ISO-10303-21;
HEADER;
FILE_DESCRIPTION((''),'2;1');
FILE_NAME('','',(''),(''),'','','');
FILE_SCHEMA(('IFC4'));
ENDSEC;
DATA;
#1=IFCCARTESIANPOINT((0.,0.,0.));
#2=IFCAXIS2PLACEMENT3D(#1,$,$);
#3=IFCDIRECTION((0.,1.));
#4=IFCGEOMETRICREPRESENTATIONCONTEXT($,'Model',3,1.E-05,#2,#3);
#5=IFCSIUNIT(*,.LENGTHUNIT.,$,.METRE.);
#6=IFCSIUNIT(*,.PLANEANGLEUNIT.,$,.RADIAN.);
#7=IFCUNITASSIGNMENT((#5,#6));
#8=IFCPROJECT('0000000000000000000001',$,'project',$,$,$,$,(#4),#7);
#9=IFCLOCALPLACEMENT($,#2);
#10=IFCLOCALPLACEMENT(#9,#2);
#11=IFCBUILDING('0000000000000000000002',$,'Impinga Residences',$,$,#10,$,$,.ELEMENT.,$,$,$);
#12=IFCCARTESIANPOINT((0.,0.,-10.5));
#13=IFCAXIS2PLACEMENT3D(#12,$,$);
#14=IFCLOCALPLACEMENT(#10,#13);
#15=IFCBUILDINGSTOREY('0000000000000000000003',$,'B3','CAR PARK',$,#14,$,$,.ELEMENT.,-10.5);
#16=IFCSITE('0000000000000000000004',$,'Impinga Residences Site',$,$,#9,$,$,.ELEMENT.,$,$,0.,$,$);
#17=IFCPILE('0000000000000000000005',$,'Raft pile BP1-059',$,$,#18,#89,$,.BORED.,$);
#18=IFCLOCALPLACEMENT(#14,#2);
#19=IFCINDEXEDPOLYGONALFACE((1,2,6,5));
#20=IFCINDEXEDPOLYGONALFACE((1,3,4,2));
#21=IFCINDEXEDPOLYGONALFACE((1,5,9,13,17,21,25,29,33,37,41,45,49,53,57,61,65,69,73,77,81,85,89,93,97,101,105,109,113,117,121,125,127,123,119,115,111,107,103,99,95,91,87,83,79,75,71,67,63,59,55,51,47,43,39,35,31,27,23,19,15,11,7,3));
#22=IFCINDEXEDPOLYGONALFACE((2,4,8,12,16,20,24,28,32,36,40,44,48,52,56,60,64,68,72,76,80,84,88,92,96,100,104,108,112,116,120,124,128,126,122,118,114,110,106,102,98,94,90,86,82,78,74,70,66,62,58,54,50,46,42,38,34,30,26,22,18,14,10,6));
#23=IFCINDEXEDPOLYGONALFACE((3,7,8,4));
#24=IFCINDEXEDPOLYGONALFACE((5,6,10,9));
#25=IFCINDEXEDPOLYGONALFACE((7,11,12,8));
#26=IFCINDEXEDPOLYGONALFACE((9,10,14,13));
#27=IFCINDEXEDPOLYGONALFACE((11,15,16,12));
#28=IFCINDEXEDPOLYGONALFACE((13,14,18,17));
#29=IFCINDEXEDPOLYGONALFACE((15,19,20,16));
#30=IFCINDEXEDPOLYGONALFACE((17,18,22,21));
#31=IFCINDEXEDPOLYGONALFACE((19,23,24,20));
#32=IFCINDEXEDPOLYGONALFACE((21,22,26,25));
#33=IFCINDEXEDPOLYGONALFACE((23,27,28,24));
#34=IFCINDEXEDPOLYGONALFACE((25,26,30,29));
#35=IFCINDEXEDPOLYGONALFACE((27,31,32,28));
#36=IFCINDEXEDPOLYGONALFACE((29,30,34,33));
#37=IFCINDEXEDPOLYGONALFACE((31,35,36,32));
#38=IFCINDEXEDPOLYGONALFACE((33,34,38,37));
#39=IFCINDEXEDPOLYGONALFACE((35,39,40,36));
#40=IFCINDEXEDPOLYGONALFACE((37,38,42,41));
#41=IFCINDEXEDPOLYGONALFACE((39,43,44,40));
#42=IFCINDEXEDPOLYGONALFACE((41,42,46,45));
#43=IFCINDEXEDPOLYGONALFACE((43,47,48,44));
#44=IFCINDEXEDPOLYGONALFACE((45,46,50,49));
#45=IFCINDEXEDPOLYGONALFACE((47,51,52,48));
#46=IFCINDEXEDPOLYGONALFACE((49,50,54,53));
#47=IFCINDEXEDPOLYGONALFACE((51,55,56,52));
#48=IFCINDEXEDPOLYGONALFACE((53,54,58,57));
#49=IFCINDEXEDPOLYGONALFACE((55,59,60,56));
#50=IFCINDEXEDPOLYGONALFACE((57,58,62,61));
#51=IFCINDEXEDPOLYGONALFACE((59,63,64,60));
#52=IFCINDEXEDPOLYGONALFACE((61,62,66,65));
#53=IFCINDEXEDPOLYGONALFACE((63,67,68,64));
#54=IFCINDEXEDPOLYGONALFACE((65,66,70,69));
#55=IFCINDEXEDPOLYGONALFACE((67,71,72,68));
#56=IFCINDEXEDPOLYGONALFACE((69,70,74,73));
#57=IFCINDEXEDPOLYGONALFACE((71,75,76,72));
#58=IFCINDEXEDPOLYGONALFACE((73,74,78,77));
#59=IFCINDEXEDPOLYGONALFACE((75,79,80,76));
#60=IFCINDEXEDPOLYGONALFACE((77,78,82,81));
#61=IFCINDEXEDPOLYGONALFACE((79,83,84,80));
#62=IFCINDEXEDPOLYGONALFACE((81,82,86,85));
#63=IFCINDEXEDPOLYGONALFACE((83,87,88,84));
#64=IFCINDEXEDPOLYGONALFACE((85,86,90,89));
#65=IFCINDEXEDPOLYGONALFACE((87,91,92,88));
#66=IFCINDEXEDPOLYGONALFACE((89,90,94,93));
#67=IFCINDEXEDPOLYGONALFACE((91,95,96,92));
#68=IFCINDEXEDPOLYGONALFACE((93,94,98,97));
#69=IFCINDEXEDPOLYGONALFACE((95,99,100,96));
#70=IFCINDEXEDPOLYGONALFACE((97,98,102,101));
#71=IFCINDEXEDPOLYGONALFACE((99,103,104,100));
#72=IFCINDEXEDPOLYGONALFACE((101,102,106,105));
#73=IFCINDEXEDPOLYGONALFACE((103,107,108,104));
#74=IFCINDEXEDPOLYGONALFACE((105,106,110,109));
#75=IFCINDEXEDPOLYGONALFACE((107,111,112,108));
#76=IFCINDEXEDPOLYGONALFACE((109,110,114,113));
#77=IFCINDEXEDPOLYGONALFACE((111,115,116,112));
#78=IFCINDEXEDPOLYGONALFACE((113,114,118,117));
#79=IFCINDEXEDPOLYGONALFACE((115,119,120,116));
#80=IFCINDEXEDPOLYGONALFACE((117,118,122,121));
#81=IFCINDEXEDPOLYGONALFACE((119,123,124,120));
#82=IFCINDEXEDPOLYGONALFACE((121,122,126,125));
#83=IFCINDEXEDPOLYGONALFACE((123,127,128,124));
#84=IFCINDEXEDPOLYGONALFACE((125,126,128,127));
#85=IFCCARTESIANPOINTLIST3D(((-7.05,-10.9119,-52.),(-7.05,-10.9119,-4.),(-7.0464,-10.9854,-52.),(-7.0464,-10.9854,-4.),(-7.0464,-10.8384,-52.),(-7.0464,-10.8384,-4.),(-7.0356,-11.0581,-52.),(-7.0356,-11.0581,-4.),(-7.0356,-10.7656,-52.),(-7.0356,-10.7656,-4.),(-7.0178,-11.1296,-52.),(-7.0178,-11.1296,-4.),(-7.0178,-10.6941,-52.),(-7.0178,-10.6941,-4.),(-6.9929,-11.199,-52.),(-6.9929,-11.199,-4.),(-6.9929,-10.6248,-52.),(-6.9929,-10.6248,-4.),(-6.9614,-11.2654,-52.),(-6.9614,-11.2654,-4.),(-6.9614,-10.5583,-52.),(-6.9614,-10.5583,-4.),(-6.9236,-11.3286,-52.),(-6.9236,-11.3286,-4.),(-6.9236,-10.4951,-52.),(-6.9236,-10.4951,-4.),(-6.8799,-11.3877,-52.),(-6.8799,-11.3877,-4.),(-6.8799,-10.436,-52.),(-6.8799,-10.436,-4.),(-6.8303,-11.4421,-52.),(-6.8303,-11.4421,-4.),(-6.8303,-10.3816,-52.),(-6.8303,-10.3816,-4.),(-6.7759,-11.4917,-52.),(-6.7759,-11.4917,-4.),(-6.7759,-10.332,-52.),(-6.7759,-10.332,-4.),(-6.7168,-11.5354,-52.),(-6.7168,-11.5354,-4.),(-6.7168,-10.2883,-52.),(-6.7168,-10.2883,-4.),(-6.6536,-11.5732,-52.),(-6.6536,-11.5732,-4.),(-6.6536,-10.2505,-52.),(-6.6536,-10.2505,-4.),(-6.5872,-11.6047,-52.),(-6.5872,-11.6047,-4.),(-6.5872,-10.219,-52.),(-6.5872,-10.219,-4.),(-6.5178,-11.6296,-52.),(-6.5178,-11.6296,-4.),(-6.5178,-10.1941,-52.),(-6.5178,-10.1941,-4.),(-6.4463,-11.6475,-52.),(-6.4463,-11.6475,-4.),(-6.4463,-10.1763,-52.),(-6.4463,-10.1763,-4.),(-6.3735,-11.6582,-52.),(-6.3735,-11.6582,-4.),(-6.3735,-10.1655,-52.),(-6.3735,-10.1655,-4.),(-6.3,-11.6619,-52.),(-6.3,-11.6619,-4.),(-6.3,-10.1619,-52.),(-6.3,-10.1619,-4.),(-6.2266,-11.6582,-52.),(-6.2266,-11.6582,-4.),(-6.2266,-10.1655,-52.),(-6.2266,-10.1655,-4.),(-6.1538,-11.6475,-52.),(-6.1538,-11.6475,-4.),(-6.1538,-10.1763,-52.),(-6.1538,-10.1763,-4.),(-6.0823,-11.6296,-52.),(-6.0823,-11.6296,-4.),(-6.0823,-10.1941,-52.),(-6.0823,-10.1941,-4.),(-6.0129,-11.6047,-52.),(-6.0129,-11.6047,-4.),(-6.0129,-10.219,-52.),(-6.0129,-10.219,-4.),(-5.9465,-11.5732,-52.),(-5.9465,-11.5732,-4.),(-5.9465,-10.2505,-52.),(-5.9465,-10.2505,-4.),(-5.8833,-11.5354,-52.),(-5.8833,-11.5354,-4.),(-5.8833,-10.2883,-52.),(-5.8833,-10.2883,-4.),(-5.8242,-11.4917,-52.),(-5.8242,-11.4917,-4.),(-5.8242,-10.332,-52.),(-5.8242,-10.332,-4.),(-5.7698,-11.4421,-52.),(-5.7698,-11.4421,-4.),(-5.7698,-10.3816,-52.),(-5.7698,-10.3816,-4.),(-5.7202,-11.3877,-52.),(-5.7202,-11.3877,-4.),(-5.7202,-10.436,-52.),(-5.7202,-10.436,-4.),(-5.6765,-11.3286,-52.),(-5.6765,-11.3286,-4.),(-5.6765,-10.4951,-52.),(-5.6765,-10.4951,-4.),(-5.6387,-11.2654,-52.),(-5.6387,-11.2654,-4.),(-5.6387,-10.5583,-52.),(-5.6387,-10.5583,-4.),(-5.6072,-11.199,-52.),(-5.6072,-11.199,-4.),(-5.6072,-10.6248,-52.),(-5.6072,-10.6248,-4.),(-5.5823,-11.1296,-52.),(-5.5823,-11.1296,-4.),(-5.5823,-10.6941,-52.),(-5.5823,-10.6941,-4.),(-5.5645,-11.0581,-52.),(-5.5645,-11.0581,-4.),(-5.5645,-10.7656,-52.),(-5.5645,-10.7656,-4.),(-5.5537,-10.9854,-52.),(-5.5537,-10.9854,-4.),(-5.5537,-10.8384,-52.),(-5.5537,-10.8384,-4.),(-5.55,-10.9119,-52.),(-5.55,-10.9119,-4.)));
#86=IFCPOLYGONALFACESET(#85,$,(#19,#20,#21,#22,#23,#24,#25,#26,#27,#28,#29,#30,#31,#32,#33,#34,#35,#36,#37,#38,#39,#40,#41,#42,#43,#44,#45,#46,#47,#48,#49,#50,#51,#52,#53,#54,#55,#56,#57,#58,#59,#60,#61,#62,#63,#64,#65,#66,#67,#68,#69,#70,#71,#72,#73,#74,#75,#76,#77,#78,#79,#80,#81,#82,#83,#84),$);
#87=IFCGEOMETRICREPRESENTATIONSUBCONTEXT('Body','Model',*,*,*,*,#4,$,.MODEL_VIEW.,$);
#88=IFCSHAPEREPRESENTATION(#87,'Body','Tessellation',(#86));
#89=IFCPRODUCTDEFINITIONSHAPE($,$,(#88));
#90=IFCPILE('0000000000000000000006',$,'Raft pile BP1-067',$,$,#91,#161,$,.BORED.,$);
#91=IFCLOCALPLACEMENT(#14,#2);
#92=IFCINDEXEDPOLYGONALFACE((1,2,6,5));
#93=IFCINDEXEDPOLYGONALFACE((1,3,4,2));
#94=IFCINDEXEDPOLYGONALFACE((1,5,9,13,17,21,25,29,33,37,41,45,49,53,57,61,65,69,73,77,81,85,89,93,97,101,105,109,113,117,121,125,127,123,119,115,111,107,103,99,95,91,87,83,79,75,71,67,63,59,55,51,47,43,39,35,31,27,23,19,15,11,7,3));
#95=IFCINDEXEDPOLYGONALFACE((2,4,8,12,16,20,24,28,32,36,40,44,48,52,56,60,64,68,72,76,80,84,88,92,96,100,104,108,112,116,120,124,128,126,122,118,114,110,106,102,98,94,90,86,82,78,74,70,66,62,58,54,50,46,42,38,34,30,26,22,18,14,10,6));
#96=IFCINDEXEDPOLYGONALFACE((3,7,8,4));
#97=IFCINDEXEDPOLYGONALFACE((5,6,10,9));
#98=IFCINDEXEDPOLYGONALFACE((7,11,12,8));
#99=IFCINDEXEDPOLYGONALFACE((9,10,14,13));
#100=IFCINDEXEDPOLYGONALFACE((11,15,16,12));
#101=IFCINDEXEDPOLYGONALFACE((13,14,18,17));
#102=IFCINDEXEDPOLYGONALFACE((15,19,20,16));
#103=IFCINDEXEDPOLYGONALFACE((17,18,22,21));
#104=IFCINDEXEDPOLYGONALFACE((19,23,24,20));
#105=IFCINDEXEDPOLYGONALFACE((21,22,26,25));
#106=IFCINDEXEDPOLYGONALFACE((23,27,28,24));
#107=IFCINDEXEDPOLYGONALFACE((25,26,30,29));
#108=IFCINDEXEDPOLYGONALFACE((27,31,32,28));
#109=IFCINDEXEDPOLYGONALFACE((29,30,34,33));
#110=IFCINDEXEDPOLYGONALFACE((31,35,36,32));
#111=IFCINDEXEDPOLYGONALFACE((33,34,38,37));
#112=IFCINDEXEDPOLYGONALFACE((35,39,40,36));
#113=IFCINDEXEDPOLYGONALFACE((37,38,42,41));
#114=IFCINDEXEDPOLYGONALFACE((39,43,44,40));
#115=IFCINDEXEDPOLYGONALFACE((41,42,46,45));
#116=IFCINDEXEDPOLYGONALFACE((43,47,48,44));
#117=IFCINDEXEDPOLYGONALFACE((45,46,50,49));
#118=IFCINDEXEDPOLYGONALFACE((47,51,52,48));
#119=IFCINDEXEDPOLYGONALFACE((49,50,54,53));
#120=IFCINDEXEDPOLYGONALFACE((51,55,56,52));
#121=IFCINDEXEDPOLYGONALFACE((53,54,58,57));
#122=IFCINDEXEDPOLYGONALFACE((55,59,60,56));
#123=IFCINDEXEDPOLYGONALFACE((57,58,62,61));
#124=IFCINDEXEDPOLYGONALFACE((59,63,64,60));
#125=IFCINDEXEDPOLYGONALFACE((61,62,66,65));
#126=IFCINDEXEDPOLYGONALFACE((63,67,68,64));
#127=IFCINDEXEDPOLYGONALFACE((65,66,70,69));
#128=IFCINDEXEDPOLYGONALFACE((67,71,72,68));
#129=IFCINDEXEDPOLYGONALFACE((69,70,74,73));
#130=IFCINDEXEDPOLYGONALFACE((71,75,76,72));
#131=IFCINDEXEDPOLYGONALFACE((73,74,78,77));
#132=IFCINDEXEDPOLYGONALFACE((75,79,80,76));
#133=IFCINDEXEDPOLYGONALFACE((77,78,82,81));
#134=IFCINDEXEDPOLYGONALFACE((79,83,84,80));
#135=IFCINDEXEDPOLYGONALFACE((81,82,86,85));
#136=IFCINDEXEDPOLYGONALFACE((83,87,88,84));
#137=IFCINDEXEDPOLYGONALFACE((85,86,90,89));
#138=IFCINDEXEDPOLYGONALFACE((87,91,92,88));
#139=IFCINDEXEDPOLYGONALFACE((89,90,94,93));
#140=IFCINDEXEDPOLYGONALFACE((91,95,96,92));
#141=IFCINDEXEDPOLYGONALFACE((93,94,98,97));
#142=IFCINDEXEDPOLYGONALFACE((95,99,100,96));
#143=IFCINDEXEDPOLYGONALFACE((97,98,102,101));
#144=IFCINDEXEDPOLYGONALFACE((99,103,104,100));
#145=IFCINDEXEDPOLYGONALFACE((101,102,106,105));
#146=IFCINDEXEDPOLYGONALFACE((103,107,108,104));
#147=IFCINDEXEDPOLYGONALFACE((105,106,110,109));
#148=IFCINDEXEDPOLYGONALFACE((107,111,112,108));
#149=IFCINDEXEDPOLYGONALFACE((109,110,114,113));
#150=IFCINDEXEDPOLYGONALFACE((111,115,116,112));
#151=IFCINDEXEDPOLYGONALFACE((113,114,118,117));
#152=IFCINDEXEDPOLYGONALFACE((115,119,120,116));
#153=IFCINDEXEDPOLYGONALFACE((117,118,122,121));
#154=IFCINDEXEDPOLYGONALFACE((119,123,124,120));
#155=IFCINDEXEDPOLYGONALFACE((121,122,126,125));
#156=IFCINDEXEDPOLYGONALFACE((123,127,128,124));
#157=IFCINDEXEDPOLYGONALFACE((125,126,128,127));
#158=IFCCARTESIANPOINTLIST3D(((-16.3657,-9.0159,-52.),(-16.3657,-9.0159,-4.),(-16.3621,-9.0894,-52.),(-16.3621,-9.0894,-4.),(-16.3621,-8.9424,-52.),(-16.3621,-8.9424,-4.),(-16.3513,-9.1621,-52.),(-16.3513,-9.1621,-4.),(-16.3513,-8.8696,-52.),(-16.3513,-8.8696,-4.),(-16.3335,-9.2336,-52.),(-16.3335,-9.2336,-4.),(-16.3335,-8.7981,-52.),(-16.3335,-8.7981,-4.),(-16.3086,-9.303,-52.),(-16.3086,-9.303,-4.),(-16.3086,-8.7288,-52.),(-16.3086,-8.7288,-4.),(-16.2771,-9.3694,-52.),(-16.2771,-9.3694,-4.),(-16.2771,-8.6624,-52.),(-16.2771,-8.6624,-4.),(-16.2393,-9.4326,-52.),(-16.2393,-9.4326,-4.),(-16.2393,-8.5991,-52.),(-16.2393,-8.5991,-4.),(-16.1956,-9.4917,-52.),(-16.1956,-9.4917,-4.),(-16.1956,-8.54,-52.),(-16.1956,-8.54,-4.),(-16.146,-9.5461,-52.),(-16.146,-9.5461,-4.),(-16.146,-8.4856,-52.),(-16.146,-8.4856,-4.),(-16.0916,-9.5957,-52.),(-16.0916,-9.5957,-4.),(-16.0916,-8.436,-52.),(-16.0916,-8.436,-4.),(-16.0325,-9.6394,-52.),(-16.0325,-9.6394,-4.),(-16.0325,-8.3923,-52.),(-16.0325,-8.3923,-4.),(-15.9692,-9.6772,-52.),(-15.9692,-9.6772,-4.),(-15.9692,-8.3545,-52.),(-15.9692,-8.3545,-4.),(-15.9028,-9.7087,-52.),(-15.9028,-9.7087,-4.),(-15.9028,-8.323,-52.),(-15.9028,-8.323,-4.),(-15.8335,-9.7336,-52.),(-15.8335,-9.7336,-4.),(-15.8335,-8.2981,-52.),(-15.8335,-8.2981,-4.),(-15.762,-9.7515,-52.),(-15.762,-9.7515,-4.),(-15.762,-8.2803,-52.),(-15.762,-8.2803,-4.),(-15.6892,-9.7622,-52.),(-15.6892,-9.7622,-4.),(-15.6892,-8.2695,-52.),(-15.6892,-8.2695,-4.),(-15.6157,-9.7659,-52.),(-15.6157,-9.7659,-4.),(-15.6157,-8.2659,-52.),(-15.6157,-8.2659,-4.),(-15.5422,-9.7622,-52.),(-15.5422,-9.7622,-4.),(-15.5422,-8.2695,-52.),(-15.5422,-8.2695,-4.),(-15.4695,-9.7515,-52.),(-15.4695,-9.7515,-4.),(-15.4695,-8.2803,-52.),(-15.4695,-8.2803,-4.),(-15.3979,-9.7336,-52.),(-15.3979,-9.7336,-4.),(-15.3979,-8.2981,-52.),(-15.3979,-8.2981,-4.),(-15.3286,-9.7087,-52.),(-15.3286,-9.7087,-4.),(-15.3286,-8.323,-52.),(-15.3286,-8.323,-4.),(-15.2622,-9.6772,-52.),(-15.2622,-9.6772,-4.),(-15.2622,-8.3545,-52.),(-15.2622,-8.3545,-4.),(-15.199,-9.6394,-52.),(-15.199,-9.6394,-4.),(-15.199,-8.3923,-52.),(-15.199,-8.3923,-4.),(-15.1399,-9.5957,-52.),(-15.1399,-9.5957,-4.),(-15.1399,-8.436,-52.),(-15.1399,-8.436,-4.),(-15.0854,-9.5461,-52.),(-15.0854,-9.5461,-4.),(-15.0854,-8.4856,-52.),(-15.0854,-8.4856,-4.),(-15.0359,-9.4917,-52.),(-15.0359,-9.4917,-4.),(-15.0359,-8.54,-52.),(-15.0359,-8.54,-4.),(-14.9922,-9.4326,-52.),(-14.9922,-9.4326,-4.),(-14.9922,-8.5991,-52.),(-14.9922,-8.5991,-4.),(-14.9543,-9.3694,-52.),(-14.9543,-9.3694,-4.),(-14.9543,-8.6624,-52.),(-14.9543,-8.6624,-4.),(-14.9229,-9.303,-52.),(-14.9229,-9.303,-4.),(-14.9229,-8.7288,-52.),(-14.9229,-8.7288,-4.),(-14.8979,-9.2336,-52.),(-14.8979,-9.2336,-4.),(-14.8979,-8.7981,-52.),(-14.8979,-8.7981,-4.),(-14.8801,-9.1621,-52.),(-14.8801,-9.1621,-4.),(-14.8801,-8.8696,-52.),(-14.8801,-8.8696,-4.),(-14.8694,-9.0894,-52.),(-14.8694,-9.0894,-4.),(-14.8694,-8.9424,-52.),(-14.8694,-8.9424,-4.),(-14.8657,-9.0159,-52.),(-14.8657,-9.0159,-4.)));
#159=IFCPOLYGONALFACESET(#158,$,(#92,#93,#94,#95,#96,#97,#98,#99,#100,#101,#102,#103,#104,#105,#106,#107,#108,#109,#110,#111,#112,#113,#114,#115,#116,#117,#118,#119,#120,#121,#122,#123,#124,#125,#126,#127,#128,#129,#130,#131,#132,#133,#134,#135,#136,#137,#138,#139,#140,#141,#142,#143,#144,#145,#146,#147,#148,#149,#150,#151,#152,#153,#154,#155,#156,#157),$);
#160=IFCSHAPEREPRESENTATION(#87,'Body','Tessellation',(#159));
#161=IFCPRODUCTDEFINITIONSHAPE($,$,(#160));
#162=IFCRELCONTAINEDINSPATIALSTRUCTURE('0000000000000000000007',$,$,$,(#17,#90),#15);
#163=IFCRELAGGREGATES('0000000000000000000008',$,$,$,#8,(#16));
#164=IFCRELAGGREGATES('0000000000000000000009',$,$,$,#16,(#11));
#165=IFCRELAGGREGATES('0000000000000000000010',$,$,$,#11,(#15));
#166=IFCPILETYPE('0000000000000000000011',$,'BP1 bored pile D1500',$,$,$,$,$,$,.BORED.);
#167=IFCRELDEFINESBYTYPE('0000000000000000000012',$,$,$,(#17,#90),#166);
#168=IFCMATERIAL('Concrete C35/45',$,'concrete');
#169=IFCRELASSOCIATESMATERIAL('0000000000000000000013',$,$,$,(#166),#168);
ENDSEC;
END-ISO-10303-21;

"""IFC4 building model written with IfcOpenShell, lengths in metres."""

from ifc_helpers import new_model, si_unit, direction, frame, origin, origin_2d, place, context, subcontext, project, spatial, polyline, circle, outline, extrude, material, material_profile, profile_set, type_object, element, save


model = new_model("IFC4")

# Units and contexts
model_context = context("Model", 3, precision=1e-05, world=origin(), true_north=direction((0.0, 1.0)))
body_context = subcontext(model_context, "Body", "Model", "MODEL_VIEW")
ifc_project = project(units=[si_unit("LENGTHUNIT", "METRE"), si_unit("PLANEANGLEUNIT", "RADIAN")], contexts=[model_context])

# Site, building, storey
site_placement = place(None, origin())
site = spatial("IfcSite", under=ifc_project, at=site_placement, Name="Impinga Residences Site", CompositionType="ELEMENT", RefElevation=0.0)
building_placement = place(site_placement, origin())
building = spatial("IfcBuilding", under=site, at=building_placement, Name="Impinga Residences", CompositionType="ELEMENT")
storey_placement = place(building_placement, frame((0.0, 0.0, -10.5)))
storey = spatial("IfcBuildingStorey", under=building, at=storey_placement, Name="B3", Description="CAR PARK", CompositionType="ELEMENT", Elevation=-10.5)

# Piles
ifc_material_1 = material(Name="Concrete C35/45", Category="concrete")
ifc_material_profile_1 = material_profile(ifc_material_1, circle(Radius=0.75, at=origin_2d()), Name="D1500")
ifc_profile_set_1 = profile_set([ifc_material_profile_1], Name="Concrete C35/45")
pile_type = type_object("IfcPileType", Name="BP1 bored pile D1500", PredefinedType="BORED", material=ifc_profile_set_1)
pile_1_placement = place(storey_placement, frame((-6.3, -10.9119, -4.0), z_axis=(0.0, 0.0, -1.0), x_axis=(1.0, 0.0, 0.0)))
element("IfcPile", 1, at=pile_1_placement, inside=storey, type_object=pile_type, Name="Raft pile BP1-059", PredefinedType="BORED", context=body_context, shape_type="SweptSolid", body=[
    extrude(outline(polyline([(0.75, 0.0), (0.7463, 0.0735), (0.7356, 0.1462), (0.7178, 0.2178), (0.6929, 0.2871), (0.6614, 0.3535), (0.6235, 0.4167), (0.5798, 0.4758), (0.5303, 0.5303), (0.4758, 0.5798), (0.4167, 0.6235), (0.3535, 0.6614), (0.2871, 0.6929), (0.2178, 0.7178), (0.1462, 0.7356), (0.0735, 0.7463), (0.0, 0.75), (-0.0735, 0.7463), (-0.1462, 0.7356), (-0.2178, 0.7178), (-0.2871, 0.6929), (-0.3535, 0.6614), (-0.4167, 0.6235), (-0.4758, 0.5798), (-0.5303, 0.5303), (-0.5798, 0.4758), (-0.6235, 0.4167), (-0.6614, 0.3535), (-0.6929, 0.2871), (-0.7178, 0.2178), (-0.7356, 0.1462), (-0.7463, 0.0735), (-0.75, 0.0), (-0.7463, -0.0735), (-0.7356, -0.1462), (-0.7178, -0.2178), (-0.6929, -0.2871), (-0.6614, -0.3535), (-0.6235, -0.4167), (-0.5798, -0.4758), (-0.5303, -0.5303), (-0.4758, -0.5798), (-0.4167, -0.6235), (-0.3535, -0.6614), (-0.2871, -0.6929), (-0.2178, -0.7178), (-0.1462, -0.7356), (-0.0735, -0.7463), (0.0, -0.75), (0.0735, -0.7463), (0.1462, -0.7356), (0.2178, -0.7178), (0.2871, -0.6929), (0.3535, -0.6614), (0.4167, -0.6235), (0.4758, -0.5798), (0.5303, -0.5303), (0.5798, -0.4758), (0.6235, -0.4167), (0.6614, -0.3535), (0.6929, -0.2871), (0.7178, -0.2178), (0.7356, -0.1462), (0.7463, -0.0735), (0.75, 0.0)])), origin(), (0.0, 0.0, 1.0), 48.0),
])
pile_2_placement = place(storey_placement, frame((-15.6157, -9.0159, -4.0), z_axis=(0.0, 0.0, -1.0), x_axis=(1.0, 0.0, 0.0)))
element("IfcPile", 2, at=pile_2_placement, inside=storey, type_object=pile_type, Name="Raft pile BP1-067", PredefinedType="BORED", context=body_context, shape_type="SweptSolid", body=[
    extrude(outline(polyline([(0.75, 0.0), (0.7463, 0.0735), (0.7356, 0.1462), (0.7178, 0.2178), (0.6929, 0.2871), (0.6614, 0.3535), (0.6235, 0.4167), (0.5798, 0.4758), (0.5303, 0.5303), (0.4758, 0.5798), (0.4167, 0.6235), (0.3535, 0.6614), (0.2871, 0.6929), (0.2178, 0.7178), (0.1462, 0.7356), (0.0735, 0.7463), (0.0, 0.75), (-0.0735, 0.7463), (-0.1462, 0.7356), (-0.2178, 0.7178), (-0.2871, 0.6929), (-0.3535, 0.6614), (-0.4167, 0.6235), (-0.4758, 0.5798), (-0.5303, 0.5303), (-0.5798, 0.4758), (-0.6235, 0.4167), (-0.6614, 0.3535), (-0.6929, 0.2871), (-0.7178, 0.2178), (-0.7356, 0.1462), (-0.7463, 0.0735), (-0.75, 0.0), (-0.7463, -0.0735), (-0.7356, -0.1462), (-0.7178, -0.2178), (-0.6929, -0.2871), (-0.6614, -0.3535), (-0.6235, -0.4167), (-0.5798, -0.4758), (-0.5303, -0.5303), (-0.4758, -0.5798), (-0.4167, -0.6235), (-0.3535, -0.6614), (-0.2871, -0.6929), (-0.2178, -0.7178), (-0.1462, -0.7356), (-0.0735, -0.7463), (0.0, -0.75), (0.0735, -0.7463), (0.1462, -0.7356), (0.2178, -0.7178), (0.2871, -0.6929), (0.3535, -0.6614), (0.4167, -0.6235), (0.4758, -0.5798), (0.5303, -0.5303), (0.5798, -0.4758), (0.6235, -0.4167), (0.6614, -0.3535), (0.6929, -0.2871), (0.7178, -0.2178), (0.7356, -0.1462), (0.7463, -0.0735), (0.75, 0.0)])), origin(), (0.0, 0.0, 1.0), 48.0),
])

save(model, "model.ifc")
